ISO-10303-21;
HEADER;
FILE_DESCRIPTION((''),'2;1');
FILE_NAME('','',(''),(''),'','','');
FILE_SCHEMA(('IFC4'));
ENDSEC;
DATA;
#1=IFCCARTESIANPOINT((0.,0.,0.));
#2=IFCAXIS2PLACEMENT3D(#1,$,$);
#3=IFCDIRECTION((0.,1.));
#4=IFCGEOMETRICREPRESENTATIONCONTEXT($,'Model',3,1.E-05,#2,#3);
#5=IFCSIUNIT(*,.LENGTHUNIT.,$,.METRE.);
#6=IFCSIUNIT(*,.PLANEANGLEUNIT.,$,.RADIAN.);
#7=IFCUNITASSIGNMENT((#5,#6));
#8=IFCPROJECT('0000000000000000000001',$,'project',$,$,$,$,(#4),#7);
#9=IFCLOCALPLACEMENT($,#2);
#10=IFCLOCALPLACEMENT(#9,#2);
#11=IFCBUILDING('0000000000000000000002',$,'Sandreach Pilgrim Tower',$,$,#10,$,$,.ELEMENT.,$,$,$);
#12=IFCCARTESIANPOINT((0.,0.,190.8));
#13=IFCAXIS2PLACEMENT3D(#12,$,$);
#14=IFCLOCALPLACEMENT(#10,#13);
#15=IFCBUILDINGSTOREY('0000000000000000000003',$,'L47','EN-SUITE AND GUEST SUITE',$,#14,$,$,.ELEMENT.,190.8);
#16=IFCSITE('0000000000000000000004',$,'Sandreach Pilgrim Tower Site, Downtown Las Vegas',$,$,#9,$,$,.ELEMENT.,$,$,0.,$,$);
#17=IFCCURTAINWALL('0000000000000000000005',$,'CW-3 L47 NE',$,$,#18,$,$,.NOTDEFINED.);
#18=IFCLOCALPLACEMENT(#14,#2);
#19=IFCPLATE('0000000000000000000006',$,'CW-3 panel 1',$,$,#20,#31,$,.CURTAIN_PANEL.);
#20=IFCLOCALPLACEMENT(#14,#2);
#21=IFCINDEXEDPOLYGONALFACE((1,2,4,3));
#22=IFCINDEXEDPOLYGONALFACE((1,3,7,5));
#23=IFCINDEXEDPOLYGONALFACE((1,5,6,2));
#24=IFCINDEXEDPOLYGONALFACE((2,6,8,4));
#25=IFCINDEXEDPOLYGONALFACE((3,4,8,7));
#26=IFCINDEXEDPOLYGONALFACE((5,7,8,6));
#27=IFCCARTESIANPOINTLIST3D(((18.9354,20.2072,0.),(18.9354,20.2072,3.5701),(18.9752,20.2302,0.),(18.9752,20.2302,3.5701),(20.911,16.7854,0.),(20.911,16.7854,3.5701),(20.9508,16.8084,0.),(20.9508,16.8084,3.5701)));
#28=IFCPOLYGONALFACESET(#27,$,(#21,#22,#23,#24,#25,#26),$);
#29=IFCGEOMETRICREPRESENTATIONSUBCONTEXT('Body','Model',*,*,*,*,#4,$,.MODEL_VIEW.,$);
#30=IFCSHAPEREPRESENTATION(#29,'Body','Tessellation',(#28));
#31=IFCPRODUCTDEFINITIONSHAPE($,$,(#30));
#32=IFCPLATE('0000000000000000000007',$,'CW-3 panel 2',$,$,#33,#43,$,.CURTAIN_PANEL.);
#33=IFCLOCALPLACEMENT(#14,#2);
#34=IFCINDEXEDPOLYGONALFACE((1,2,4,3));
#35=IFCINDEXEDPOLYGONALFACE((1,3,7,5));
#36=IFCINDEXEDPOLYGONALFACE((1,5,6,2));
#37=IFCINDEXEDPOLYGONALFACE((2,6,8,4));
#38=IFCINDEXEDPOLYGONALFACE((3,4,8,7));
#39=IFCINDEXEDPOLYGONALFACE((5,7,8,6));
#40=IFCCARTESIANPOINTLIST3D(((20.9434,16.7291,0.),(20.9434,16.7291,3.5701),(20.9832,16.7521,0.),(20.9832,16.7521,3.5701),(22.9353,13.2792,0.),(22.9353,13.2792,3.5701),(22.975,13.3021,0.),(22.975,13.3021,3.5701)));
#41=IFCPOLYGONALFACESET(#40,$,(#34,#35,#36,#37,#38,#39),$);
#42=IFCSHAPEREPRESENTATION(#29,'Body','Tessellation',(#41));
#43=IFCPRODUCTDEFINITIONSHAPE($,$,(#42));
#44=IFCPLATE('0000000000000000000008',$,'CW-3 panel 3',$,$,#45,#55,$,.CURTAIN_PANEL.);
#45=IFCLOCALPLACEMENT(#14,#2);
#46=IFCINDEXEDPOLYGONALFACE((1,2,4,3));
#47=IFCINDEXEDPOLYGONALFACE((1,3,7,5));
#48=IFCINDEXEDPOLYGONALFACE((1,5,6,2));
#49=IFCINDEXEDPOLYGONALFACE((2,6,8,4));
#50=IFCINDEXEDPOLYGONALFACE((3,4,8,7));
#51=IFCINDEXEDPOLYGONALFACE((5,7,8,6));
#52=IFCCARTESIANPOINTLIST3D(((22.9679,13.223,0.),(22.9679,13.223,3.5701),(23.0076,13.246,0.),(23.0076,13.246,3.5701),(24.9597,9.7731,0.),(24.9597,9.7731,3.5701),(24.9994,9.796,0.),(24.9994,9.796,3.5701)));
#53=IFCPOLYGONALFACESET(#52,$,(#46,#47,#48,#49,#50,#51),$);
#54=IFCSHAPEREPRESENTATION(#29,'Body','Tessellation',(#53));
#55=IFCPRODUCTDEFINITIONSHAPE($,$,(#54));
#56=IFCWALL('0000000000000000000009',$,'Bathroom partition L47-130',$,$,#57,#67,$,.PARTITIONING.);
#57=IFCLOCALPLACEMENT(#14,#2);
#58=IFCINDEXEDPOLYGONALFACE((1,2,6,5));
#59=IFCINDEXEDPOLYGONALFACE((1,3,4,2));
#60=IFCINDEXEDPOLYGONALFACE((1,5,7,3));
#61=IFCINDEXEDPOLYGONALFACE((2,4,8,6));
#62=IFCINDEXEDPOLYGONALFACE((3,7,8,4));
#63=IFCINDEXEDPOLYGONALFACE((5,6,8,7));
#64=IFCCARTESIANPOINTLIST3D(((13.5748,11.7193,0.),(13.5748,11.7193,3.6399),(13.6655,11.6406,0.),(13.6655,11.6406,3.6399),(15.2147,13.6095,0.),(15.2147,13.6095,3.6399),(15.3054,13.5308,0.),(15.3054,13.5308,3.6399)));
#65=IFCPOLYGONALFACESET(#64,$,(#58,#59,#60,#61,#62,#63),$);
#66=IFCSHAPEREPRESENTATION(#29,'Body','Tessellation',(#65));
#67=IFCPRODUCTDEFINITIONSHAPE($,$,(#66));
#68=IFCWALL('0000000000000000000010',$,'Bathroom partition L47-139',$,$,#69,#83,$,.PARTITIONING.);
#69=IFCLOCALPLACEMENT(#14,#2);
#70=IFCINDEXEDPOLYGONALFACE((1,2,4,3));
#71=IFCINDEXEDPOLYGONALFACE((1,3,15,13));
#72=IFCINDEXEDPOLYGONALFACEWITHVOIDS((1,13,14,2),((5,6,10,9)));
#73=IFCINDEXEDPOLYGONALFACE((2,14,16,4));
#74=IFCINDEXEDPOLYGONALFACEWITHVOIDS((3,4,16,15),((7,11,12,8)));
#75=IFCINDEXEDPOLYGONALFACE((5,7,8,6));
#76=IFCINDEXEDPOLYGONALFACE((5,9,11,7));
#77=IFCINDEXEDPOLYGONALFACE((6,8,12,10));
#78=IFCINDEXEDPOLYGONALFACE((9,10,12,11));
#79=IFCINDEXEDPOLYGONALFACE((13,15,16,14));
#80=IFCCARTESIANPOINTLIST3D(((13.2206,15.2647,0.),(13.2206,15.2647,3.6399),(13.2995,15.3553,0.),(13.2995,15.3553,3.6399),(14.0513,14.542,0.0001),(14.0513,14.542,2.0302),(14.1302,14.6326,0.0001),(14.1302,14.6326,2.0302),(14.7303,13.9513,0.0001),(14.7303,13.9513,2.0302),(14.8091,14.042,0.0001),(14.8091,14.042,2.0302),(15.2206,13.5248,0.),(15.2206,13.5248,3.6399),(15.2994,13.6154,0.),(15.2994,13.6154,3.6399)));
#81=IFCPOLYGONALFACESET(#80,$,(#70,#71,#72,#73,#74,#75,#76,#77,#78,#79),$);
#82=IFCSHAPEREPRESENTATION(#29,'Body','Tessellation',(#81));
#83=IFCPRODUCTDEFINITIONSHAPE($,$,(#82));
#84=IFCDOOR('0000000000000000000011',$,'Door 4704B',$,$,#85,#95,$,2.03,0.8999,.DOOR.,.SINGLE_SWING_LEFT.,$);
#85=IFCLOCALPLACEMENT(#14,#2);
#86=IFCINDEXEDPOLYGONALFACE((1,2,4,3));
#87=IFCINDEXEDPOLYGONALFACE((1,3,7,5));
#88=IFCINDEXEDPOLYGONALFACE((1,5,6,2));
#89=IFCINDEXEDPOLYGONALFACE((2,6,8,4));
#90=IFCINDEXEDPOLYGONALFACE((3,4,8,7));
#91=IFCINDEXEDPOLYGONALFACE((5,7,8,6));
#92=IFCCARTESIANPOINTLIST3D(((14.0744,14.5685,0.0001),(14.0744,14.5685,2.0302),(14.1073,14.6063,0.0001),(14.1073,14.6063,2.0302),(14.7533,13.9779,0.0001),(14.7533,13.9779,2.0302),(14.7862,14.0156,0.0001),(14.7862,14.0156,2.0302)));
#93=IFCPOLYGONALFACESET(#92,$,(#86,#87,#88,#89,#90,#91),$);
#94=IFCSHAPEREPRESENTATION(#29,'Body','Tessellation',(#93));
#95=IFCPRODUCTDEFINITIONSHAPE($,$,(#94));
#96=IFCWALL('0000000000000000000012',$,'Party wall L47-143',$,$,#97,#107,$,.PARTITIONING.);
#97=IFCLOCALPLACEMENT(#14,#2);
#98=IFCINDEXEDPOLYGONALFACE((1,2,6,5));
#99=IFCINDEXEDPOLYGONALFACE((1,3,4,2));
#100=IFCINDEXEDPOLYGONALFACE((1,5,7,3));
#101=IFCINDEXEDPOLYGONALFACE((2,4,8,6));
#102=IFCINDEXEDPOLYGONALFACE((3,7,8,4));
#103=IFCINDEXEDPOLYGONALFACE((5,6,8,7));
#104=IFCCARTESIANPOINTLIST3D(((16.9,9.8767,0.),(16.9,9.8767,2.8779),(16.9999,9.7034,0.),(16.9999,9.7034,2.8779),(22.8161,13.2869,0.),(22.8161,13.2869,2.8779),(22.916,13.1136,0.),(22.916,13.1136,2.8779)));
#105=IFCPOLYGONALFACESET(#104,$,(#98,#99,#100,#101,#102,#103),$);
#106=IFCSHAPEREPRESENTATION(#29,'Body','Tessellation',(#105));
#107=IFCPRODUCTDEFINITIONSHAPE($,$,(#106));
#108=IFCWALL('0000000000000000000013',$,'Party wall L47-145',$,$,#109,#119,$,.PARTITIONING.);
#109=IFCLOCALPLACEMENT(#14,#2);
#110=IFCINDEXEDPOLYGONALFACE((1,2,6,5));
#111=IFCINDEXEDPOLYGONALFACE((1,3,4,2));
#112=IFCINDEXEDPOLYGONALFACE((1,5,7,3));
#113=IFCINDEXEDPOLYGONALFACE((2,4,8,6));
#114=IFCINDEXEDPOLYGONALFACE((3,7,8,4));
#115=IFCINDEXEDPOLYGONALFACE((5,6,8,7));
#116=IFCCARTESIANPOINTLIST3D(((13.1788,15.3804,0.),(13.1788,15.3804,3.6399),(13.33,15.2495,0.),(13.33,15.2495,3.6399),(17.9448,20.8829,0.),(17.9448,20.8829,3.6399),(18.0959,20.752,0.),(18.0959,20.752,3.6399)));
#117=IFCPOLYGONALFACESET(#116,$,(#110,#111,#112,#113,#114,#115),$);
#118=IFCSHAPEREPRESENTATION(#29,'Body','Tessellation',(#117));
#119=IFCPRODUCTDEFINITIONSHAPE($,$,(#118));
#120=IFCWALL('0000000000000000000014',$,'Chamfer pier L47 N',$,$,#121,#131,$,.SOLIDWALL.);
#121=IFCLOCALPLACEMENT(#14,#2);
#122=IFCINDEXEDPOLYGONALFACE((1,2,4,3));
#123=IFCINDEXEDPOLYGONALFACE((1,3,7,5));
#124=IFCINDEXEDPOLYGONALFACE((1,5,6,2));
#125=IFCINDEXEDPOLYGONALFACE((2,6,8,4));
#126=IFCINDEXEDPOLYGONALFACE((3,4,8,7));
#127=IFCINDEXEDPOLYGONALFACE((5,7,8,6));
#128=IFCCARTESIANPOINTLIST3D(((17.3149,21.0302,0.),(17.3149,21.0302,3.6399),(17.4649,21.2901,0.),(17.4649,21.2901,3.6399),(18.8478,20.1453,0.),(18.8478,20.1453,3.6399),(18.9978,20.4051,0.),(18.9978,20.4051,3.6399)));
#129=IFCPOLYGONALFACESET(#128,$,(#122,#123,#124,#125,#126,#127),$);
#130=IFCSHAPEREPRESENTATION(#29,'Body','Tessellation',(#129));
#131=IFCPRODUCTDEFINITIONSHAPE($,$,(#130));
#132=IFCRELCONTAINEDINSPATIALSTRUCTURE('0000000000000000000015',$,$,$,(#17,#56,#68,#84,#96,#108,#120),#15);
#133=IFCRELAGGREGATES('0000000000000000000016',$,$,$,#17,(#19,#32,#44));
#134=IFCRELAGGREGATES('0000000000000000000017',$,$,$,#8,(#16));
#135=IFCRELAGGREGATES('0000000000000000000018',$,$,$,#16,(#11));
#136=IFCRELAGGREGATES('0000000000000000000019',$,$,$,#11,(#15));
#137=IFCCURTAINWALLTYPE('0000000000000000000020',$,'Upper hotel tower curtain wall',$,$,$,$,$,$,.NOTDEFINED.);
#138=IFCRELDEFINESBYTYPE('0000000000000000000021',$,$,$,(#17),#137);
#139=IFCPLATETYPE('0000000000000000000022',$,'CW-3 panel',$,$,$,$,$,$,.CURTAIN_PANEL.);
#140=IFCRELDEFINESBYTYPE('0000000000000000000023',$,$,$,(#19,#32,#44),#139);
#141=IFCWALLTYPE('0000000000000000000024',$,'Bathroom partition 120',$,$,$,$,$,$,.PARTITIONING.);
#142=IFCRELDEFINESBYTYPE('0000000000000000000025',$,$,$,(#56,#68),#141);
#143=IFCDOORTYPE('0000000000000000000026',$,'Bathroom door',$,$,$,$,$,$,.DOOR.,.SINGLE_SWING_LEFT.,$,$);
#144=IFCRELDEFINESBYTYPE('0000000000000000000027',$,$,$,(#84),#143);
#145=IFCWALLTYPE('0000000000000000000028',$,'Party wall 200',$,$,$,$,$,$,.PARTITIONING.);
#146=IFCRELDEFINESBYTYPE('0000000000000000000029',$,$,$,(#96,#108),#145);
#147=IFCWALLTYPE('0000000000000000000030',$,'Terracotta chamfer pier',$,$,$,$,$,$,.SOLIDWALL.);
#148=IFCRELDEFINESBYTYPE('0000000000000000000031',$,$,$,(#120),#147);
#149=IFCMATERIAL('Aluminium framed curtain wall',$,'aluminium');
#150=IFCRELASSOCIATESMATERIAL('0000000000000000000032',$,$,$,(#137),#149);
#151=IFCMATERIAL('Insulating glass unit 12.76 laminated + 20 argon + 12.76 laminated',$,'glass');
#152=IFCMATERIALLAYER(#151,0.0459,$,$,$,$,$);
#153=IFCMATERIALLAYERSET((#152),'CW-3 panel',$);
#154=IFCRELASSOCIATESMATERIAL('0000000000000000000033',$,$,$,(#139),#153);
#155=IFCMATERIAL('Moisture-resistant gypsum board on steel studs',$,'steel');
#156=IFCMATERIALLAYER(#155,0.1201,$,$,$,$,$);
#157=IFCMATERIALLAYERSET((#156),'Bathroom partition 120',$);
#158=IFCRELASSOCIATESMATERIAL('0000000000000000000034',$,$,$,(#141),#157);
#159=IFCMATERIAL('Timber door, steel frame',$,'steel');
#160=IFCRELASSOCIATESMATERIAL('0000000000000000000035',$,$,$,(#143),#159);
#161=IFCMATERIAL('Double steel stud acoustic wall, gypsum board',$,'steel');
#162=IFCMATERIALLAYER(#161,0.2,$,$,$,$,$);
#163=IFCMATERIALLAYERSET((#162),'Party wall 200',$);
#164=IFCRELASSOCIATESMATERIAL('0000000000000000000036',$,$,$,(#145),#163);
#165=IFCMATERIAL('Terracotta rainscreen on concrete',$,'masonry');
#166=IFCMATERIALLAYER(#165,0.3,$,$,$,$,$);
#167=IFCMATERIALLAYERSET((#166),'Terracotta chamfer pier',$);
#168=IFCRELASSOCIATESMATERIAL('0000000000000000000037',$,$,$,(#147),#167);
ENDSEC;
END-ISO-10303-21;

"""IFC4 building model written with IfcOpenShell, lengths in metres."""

from ifc_helpers import new_model, si_unit, direction, frame, frame_2d, origin, origin_2d, place, context, subcontext, project, spatial, rectangle, extrude, material, layer, layer_set, type_object, element, fill, aggregate, save


model = new_model("IFC4")

# Units and contexts
model_context = context("Model", 3, precision=1e-05, world=origin(), true_north=direction((0.0, 1.0)))
body_context = subcontext(model_context, "Body", "Model", "MODEL_VIEW")
ifc_project = project(units=[si_unit("LENGTHUNIT", "METRE"), si_unit("PLANEANGLEUNIT", "RADIAN")], contexts=[model_context])

# Site, building, storey
site_placement = place(None, origin())
site = spatial("IfcSite", under=ifc_project, at=site_placement, Name="Sandreach Pilgrim Tower Site, Downtown Las Vegas", CompositionType="ELEMENT", RefElevation=0.0)
building_placement = place(site_placement, origin())
building = spatial("IfcBuilding", under=site, at=building_placement, Name="Sandreach Pilgrim Tower", CompositionType="ELEMENT")
storey_placement = place(building_placement, frame((0.0, 0.0, 190.8)))
storey = spatial("IfcBuildingStorey", under=building, at=storey_placement, Name="L47", Description="EN-SUITE AND GUEST SUITE", CompositionType="ELEMENT", Elevation=190.8)

# Shared definitions
ifc_material_1 = material(Name="Aluminium framed curtain wall", Category="aluminium")
curtain_wall_type = type_object("IfcCurtainWallType", Name="Upper hotel tower curtain wall", PredefinedType="NOTDEFINED", material=ifc_material_1)

# Curtain wall
curtain_wall_1_placement = place(storey_placement, origin())
curtain_wall_1 = element("IfcCurtainWall", 1, at=curtain_wall_1_placement, inside=storey, type_object=curtain_wall_type, Name="CW-3 L47 NE", PredefinedType="NOTDEFINED")

# Plates
ifc_material_2 = material(Name="Insulating glass unit 12.76 laminated + 20 argon + 12.76 laminated", Category="glass")
ifc_layer_1 = layer(ifc_material_2, 0.0459)
ifc_layer_set_1 = layer_set([ifc_layer_1], Name="CW-3 panel")
plate_type = type_object("IfcPlateType", Name="CW-3 panel", PredefinedType="CURTAIN_PANEL", material=ifc_layer_set_1)
plate_1_placement = place(storey_placement, frame((19.9431, 18.5078, 0.0), z_axis=(0.0, 0.0, 1.0), x_axis=(0.5, -0.866025, 0.0)))
plate_1 = element("IfcPlate", 2, at=plate_1_placement, type_object=plate_type, Name="CW-3 panel 1", PredefinedType="CURTAIN_PANEL", context=body_context, shape_type="SweptSolid", body=[
    extrude(rectangle(XDim=3.9512, YDim=0.0459, at=origin_2d()), origin(), (0.0, 0.0, 1.0), 3.5701),
])
plate_2_placement = place(storey_placement, frame((21.9592, 15.0156, 0.0), z_axis=(0.0, 0.0, 1.0), x_axis=(0.5, -0.866025, 0.0)))
plate_2 = element("IfcPlate", 3, at=plate_2_placement, type_object=plate_type, Name="CW-3 panel 2", PredefinedType="CURTAIN_PANEL", context=body_context, shape_type="SweptSolid", body=[
    extrude(rectangle(XDim=3.9836, YDim=0.0459, at=origin_2d()), origin(), (0.0, 0.0, 1.0), 3.5701),
])
plate_3_placement = place(storey_placement, frame((23.9836, 11.5095, 0.0), z_axis=(0.0, 0.0, 1.0), x_axis=(0.5, -0.866025, 0.0)))
plate_3 = element("IfcPlate", 4, at=plate_3_placement, type_object=plate_type, Name="CW-3 panel 3", PredefinedType="CURTAIN_PANEL", context=body_context, shape_type="SweptSolid", body=[
    extrude(rectangle(XDim=3.9836, YDim=0.0459, at=origin_2d()), origin(), (0.0, 0.0, 1.0), 3.5701),
])
aggregate(curtain_wall_1, [plate_1, plate_2, plate_3])

# Wall
ifc_material_3 = material(Name="Moisture-resistant gypsum board on steel studs", Category="steel")
ifc_layer_2 = layer(ifc_material_3, 0.1201)
ifc_layer_set_2 = layer_set([ifc_layer_2], Name="Bathroom partition 120")
wall_type_1 = type_object("IfcWallType", Name="Bathroom partition 120", PredefinedType="PARTITIONING", material=ifc_layer_set_2)
wall_1_placement = place(storey_placement, frame((13.6201, 11.6799, 0.0), z_axis=(0.0, 0.0, 1.0), x_axis=(0.655335, 0.755338, 0.0)))
element("IfcWall", 5, at=wall_1_placement, inside=storey, type_object=wall_type_1, Name="Bathroom partition L47-130", PredefinedType="PARTITIONING", context=body_context, shape_type="SweptSolid", body=[
    extrude(rectangle(XDim=2.5024, YDim=0.1201, at=frame_2d((1.2512, 0.0))), origin(), (0.0, 0.0, 1.0), 3.6399),
])

# Wall, opening, door
wall_2_placement = place(storey_placement, frame((15.26, 13.5701, 0.0), z_axis=(0.0, 0.0, 1.0), x_axis=(-0.754445, 0.656363, 0.0)))
wall_2 = element("IfcWall", 6, at=wall_2_placement, inside=storey, type_object=wall_type_1, Name="Bathroom partition L47-139", PredefinedType="PARTITIONING", context=body_context, shape_type="SweptSolid", body=[
    extrude(rectangle(XDim=2.6509, YDim=0.1201, at=frame_2d((1.3254, 0.0))), origin(), (0.0, 0.0, 1.0), 3.6399),
])
opening_placement = place(wall_2_placement, frame((0.6499, 0.0, 0.0)))
opening = element("IfcOpeningElement", 7, at=opening_placement, cuts=wall_2, PredefinedType="OPENING", context=body_context, shape_type="SweptSolid", body=[
    extrude(rectangle(XDim=0.8999, YDim=2.03, at=frame_2d((0.45, 1.0151))), frame((0.0, 0.0601, 0.0), z_axis=(0.0, -1.0, 0.0), x_axis=(1.0, 0.0, 0.0)), (0.0, 0.0, 1.0), 0.1201),
])
ifc_material_4 = material(Name="Timber door, steel frame", Category="steel")
door_type = type_object("IfcDoorType", Name="Bathroom door", OperationType="SINGLE_SWING_LEFT", PredefinedType="DOOR", material=ifc_material_4)
door_placement = place(opening_placement, origin())
door = element("IfcDoor", 8, at=door_placement, inside=storey, type_object=door_type, Name="Door 4704B", OperationType="SINGLE_SWING_LEFT", OverallHeight=2.03, OverallWidth=0.8999, PredefinedType="DOOR", context=body_context, shape_type="SweptSolid", body=[
    extrude(rectangle(XDim=0.8999, YDim=2.03, at=frame_2d((0.45, 1.0151))), frame((0.0, 0.0249, 0.0), z_axis=(0.0, -1.0, 0.0), x_axis=(1.0, 0.0, 0.0)), (0.0, 0.0, 1.0), 0.05),
])
fill(opening, door)

# Walls
ifc_material_5 = material(Name="Double steel stud acoustic wall, gypsum board", Category="steel")
ifc_layer_3 = layer(ifc_material_5, 0.2)
ifc_layer_set_3 = layer_set([ifc_layer_3], Name="Party wall 200")
wall_type_2 = type_object("IfcWallType", Name="Party wall 200", PredefinedType="PARTITIONING", material=ifc_layer_set_3)
wall_3_placement = place(storey_placement, frame((16.95, 9.79, 0.0), z_axis=(0.0, 0.0, 1.0), x_axis=(0.866371, 0.499401, 0.0)))
element("IfcWall", 9, at=wall_3_placement, inside=storey, type_object=wall_type_2, Name="Party wall L47-143", PredefinedType="PARTITIONING", context=body_context, shape_type="SweptSolid", body=[
    extrude(rectangle(XDim=6.8286, YDim=0.2, at=frame_2d((3.4143, 0.0))), origin(), (0.0, 0.0, 1.0), 2.8779),
])
wall_4_placement = place(storey_placement, frame((18.0203, 20.8174, 0.0), z_axis=(0.0, 0.0, 1.0), x_axis=(-0.654702, -0.755887, 0.0)))
element("IfcWall", 10, at=wall_4_placement, inside=storey, type_object=wall_type_2, Name="Party wall L47-145", PredefinedType="PARTITIONING", context=body_context, shape_type="SweptSolid", body=[
    extrude(rectangle(XDim=7.2795, YDim=0.2, at=frame_2d((3.6396, 0.0))), origin(), (0.0, 0.0, 1.0), 3.6399),
])
ifc_material_6 = material(Name="Terracotta rainscreen on concrete", Category="masonry")
ifc_layer_4 = layer(ifc_material_6, 0.3)
ifc_layer_set_4 = layer_set([ifc_layer_4], Name="Terracotta chamfer pier")
wall_type_3 = type_object("IfcWallType", Name="Terracotta chamfer pier", PredefinedType="SOLIDWALL", material=ifc_layer_set_4)
wall_5_placement = place(storey_placement, frame((17.3899, 21.1602, 0.0), z_axis=(0.0, 0.0, 1.0), x_axis=(0.866036, -0.499981, 0.0)))
element("IfcWall", 11, at=wall_5_placement, inside=storey, type_object=wall_type_3, Name="Chamfer pier L47 N", PredefinedType="SOLIDWALL", context=body_context, shape_type="SweptSolid", body=[
    extrude(rectangle(XDim=1.77, YDim=0.3, at=frame_2d((0.885, 0.0))), origin(), (0.0, 0.0, 1.0), 3.6399),
])

save(model, "model.ifc")
